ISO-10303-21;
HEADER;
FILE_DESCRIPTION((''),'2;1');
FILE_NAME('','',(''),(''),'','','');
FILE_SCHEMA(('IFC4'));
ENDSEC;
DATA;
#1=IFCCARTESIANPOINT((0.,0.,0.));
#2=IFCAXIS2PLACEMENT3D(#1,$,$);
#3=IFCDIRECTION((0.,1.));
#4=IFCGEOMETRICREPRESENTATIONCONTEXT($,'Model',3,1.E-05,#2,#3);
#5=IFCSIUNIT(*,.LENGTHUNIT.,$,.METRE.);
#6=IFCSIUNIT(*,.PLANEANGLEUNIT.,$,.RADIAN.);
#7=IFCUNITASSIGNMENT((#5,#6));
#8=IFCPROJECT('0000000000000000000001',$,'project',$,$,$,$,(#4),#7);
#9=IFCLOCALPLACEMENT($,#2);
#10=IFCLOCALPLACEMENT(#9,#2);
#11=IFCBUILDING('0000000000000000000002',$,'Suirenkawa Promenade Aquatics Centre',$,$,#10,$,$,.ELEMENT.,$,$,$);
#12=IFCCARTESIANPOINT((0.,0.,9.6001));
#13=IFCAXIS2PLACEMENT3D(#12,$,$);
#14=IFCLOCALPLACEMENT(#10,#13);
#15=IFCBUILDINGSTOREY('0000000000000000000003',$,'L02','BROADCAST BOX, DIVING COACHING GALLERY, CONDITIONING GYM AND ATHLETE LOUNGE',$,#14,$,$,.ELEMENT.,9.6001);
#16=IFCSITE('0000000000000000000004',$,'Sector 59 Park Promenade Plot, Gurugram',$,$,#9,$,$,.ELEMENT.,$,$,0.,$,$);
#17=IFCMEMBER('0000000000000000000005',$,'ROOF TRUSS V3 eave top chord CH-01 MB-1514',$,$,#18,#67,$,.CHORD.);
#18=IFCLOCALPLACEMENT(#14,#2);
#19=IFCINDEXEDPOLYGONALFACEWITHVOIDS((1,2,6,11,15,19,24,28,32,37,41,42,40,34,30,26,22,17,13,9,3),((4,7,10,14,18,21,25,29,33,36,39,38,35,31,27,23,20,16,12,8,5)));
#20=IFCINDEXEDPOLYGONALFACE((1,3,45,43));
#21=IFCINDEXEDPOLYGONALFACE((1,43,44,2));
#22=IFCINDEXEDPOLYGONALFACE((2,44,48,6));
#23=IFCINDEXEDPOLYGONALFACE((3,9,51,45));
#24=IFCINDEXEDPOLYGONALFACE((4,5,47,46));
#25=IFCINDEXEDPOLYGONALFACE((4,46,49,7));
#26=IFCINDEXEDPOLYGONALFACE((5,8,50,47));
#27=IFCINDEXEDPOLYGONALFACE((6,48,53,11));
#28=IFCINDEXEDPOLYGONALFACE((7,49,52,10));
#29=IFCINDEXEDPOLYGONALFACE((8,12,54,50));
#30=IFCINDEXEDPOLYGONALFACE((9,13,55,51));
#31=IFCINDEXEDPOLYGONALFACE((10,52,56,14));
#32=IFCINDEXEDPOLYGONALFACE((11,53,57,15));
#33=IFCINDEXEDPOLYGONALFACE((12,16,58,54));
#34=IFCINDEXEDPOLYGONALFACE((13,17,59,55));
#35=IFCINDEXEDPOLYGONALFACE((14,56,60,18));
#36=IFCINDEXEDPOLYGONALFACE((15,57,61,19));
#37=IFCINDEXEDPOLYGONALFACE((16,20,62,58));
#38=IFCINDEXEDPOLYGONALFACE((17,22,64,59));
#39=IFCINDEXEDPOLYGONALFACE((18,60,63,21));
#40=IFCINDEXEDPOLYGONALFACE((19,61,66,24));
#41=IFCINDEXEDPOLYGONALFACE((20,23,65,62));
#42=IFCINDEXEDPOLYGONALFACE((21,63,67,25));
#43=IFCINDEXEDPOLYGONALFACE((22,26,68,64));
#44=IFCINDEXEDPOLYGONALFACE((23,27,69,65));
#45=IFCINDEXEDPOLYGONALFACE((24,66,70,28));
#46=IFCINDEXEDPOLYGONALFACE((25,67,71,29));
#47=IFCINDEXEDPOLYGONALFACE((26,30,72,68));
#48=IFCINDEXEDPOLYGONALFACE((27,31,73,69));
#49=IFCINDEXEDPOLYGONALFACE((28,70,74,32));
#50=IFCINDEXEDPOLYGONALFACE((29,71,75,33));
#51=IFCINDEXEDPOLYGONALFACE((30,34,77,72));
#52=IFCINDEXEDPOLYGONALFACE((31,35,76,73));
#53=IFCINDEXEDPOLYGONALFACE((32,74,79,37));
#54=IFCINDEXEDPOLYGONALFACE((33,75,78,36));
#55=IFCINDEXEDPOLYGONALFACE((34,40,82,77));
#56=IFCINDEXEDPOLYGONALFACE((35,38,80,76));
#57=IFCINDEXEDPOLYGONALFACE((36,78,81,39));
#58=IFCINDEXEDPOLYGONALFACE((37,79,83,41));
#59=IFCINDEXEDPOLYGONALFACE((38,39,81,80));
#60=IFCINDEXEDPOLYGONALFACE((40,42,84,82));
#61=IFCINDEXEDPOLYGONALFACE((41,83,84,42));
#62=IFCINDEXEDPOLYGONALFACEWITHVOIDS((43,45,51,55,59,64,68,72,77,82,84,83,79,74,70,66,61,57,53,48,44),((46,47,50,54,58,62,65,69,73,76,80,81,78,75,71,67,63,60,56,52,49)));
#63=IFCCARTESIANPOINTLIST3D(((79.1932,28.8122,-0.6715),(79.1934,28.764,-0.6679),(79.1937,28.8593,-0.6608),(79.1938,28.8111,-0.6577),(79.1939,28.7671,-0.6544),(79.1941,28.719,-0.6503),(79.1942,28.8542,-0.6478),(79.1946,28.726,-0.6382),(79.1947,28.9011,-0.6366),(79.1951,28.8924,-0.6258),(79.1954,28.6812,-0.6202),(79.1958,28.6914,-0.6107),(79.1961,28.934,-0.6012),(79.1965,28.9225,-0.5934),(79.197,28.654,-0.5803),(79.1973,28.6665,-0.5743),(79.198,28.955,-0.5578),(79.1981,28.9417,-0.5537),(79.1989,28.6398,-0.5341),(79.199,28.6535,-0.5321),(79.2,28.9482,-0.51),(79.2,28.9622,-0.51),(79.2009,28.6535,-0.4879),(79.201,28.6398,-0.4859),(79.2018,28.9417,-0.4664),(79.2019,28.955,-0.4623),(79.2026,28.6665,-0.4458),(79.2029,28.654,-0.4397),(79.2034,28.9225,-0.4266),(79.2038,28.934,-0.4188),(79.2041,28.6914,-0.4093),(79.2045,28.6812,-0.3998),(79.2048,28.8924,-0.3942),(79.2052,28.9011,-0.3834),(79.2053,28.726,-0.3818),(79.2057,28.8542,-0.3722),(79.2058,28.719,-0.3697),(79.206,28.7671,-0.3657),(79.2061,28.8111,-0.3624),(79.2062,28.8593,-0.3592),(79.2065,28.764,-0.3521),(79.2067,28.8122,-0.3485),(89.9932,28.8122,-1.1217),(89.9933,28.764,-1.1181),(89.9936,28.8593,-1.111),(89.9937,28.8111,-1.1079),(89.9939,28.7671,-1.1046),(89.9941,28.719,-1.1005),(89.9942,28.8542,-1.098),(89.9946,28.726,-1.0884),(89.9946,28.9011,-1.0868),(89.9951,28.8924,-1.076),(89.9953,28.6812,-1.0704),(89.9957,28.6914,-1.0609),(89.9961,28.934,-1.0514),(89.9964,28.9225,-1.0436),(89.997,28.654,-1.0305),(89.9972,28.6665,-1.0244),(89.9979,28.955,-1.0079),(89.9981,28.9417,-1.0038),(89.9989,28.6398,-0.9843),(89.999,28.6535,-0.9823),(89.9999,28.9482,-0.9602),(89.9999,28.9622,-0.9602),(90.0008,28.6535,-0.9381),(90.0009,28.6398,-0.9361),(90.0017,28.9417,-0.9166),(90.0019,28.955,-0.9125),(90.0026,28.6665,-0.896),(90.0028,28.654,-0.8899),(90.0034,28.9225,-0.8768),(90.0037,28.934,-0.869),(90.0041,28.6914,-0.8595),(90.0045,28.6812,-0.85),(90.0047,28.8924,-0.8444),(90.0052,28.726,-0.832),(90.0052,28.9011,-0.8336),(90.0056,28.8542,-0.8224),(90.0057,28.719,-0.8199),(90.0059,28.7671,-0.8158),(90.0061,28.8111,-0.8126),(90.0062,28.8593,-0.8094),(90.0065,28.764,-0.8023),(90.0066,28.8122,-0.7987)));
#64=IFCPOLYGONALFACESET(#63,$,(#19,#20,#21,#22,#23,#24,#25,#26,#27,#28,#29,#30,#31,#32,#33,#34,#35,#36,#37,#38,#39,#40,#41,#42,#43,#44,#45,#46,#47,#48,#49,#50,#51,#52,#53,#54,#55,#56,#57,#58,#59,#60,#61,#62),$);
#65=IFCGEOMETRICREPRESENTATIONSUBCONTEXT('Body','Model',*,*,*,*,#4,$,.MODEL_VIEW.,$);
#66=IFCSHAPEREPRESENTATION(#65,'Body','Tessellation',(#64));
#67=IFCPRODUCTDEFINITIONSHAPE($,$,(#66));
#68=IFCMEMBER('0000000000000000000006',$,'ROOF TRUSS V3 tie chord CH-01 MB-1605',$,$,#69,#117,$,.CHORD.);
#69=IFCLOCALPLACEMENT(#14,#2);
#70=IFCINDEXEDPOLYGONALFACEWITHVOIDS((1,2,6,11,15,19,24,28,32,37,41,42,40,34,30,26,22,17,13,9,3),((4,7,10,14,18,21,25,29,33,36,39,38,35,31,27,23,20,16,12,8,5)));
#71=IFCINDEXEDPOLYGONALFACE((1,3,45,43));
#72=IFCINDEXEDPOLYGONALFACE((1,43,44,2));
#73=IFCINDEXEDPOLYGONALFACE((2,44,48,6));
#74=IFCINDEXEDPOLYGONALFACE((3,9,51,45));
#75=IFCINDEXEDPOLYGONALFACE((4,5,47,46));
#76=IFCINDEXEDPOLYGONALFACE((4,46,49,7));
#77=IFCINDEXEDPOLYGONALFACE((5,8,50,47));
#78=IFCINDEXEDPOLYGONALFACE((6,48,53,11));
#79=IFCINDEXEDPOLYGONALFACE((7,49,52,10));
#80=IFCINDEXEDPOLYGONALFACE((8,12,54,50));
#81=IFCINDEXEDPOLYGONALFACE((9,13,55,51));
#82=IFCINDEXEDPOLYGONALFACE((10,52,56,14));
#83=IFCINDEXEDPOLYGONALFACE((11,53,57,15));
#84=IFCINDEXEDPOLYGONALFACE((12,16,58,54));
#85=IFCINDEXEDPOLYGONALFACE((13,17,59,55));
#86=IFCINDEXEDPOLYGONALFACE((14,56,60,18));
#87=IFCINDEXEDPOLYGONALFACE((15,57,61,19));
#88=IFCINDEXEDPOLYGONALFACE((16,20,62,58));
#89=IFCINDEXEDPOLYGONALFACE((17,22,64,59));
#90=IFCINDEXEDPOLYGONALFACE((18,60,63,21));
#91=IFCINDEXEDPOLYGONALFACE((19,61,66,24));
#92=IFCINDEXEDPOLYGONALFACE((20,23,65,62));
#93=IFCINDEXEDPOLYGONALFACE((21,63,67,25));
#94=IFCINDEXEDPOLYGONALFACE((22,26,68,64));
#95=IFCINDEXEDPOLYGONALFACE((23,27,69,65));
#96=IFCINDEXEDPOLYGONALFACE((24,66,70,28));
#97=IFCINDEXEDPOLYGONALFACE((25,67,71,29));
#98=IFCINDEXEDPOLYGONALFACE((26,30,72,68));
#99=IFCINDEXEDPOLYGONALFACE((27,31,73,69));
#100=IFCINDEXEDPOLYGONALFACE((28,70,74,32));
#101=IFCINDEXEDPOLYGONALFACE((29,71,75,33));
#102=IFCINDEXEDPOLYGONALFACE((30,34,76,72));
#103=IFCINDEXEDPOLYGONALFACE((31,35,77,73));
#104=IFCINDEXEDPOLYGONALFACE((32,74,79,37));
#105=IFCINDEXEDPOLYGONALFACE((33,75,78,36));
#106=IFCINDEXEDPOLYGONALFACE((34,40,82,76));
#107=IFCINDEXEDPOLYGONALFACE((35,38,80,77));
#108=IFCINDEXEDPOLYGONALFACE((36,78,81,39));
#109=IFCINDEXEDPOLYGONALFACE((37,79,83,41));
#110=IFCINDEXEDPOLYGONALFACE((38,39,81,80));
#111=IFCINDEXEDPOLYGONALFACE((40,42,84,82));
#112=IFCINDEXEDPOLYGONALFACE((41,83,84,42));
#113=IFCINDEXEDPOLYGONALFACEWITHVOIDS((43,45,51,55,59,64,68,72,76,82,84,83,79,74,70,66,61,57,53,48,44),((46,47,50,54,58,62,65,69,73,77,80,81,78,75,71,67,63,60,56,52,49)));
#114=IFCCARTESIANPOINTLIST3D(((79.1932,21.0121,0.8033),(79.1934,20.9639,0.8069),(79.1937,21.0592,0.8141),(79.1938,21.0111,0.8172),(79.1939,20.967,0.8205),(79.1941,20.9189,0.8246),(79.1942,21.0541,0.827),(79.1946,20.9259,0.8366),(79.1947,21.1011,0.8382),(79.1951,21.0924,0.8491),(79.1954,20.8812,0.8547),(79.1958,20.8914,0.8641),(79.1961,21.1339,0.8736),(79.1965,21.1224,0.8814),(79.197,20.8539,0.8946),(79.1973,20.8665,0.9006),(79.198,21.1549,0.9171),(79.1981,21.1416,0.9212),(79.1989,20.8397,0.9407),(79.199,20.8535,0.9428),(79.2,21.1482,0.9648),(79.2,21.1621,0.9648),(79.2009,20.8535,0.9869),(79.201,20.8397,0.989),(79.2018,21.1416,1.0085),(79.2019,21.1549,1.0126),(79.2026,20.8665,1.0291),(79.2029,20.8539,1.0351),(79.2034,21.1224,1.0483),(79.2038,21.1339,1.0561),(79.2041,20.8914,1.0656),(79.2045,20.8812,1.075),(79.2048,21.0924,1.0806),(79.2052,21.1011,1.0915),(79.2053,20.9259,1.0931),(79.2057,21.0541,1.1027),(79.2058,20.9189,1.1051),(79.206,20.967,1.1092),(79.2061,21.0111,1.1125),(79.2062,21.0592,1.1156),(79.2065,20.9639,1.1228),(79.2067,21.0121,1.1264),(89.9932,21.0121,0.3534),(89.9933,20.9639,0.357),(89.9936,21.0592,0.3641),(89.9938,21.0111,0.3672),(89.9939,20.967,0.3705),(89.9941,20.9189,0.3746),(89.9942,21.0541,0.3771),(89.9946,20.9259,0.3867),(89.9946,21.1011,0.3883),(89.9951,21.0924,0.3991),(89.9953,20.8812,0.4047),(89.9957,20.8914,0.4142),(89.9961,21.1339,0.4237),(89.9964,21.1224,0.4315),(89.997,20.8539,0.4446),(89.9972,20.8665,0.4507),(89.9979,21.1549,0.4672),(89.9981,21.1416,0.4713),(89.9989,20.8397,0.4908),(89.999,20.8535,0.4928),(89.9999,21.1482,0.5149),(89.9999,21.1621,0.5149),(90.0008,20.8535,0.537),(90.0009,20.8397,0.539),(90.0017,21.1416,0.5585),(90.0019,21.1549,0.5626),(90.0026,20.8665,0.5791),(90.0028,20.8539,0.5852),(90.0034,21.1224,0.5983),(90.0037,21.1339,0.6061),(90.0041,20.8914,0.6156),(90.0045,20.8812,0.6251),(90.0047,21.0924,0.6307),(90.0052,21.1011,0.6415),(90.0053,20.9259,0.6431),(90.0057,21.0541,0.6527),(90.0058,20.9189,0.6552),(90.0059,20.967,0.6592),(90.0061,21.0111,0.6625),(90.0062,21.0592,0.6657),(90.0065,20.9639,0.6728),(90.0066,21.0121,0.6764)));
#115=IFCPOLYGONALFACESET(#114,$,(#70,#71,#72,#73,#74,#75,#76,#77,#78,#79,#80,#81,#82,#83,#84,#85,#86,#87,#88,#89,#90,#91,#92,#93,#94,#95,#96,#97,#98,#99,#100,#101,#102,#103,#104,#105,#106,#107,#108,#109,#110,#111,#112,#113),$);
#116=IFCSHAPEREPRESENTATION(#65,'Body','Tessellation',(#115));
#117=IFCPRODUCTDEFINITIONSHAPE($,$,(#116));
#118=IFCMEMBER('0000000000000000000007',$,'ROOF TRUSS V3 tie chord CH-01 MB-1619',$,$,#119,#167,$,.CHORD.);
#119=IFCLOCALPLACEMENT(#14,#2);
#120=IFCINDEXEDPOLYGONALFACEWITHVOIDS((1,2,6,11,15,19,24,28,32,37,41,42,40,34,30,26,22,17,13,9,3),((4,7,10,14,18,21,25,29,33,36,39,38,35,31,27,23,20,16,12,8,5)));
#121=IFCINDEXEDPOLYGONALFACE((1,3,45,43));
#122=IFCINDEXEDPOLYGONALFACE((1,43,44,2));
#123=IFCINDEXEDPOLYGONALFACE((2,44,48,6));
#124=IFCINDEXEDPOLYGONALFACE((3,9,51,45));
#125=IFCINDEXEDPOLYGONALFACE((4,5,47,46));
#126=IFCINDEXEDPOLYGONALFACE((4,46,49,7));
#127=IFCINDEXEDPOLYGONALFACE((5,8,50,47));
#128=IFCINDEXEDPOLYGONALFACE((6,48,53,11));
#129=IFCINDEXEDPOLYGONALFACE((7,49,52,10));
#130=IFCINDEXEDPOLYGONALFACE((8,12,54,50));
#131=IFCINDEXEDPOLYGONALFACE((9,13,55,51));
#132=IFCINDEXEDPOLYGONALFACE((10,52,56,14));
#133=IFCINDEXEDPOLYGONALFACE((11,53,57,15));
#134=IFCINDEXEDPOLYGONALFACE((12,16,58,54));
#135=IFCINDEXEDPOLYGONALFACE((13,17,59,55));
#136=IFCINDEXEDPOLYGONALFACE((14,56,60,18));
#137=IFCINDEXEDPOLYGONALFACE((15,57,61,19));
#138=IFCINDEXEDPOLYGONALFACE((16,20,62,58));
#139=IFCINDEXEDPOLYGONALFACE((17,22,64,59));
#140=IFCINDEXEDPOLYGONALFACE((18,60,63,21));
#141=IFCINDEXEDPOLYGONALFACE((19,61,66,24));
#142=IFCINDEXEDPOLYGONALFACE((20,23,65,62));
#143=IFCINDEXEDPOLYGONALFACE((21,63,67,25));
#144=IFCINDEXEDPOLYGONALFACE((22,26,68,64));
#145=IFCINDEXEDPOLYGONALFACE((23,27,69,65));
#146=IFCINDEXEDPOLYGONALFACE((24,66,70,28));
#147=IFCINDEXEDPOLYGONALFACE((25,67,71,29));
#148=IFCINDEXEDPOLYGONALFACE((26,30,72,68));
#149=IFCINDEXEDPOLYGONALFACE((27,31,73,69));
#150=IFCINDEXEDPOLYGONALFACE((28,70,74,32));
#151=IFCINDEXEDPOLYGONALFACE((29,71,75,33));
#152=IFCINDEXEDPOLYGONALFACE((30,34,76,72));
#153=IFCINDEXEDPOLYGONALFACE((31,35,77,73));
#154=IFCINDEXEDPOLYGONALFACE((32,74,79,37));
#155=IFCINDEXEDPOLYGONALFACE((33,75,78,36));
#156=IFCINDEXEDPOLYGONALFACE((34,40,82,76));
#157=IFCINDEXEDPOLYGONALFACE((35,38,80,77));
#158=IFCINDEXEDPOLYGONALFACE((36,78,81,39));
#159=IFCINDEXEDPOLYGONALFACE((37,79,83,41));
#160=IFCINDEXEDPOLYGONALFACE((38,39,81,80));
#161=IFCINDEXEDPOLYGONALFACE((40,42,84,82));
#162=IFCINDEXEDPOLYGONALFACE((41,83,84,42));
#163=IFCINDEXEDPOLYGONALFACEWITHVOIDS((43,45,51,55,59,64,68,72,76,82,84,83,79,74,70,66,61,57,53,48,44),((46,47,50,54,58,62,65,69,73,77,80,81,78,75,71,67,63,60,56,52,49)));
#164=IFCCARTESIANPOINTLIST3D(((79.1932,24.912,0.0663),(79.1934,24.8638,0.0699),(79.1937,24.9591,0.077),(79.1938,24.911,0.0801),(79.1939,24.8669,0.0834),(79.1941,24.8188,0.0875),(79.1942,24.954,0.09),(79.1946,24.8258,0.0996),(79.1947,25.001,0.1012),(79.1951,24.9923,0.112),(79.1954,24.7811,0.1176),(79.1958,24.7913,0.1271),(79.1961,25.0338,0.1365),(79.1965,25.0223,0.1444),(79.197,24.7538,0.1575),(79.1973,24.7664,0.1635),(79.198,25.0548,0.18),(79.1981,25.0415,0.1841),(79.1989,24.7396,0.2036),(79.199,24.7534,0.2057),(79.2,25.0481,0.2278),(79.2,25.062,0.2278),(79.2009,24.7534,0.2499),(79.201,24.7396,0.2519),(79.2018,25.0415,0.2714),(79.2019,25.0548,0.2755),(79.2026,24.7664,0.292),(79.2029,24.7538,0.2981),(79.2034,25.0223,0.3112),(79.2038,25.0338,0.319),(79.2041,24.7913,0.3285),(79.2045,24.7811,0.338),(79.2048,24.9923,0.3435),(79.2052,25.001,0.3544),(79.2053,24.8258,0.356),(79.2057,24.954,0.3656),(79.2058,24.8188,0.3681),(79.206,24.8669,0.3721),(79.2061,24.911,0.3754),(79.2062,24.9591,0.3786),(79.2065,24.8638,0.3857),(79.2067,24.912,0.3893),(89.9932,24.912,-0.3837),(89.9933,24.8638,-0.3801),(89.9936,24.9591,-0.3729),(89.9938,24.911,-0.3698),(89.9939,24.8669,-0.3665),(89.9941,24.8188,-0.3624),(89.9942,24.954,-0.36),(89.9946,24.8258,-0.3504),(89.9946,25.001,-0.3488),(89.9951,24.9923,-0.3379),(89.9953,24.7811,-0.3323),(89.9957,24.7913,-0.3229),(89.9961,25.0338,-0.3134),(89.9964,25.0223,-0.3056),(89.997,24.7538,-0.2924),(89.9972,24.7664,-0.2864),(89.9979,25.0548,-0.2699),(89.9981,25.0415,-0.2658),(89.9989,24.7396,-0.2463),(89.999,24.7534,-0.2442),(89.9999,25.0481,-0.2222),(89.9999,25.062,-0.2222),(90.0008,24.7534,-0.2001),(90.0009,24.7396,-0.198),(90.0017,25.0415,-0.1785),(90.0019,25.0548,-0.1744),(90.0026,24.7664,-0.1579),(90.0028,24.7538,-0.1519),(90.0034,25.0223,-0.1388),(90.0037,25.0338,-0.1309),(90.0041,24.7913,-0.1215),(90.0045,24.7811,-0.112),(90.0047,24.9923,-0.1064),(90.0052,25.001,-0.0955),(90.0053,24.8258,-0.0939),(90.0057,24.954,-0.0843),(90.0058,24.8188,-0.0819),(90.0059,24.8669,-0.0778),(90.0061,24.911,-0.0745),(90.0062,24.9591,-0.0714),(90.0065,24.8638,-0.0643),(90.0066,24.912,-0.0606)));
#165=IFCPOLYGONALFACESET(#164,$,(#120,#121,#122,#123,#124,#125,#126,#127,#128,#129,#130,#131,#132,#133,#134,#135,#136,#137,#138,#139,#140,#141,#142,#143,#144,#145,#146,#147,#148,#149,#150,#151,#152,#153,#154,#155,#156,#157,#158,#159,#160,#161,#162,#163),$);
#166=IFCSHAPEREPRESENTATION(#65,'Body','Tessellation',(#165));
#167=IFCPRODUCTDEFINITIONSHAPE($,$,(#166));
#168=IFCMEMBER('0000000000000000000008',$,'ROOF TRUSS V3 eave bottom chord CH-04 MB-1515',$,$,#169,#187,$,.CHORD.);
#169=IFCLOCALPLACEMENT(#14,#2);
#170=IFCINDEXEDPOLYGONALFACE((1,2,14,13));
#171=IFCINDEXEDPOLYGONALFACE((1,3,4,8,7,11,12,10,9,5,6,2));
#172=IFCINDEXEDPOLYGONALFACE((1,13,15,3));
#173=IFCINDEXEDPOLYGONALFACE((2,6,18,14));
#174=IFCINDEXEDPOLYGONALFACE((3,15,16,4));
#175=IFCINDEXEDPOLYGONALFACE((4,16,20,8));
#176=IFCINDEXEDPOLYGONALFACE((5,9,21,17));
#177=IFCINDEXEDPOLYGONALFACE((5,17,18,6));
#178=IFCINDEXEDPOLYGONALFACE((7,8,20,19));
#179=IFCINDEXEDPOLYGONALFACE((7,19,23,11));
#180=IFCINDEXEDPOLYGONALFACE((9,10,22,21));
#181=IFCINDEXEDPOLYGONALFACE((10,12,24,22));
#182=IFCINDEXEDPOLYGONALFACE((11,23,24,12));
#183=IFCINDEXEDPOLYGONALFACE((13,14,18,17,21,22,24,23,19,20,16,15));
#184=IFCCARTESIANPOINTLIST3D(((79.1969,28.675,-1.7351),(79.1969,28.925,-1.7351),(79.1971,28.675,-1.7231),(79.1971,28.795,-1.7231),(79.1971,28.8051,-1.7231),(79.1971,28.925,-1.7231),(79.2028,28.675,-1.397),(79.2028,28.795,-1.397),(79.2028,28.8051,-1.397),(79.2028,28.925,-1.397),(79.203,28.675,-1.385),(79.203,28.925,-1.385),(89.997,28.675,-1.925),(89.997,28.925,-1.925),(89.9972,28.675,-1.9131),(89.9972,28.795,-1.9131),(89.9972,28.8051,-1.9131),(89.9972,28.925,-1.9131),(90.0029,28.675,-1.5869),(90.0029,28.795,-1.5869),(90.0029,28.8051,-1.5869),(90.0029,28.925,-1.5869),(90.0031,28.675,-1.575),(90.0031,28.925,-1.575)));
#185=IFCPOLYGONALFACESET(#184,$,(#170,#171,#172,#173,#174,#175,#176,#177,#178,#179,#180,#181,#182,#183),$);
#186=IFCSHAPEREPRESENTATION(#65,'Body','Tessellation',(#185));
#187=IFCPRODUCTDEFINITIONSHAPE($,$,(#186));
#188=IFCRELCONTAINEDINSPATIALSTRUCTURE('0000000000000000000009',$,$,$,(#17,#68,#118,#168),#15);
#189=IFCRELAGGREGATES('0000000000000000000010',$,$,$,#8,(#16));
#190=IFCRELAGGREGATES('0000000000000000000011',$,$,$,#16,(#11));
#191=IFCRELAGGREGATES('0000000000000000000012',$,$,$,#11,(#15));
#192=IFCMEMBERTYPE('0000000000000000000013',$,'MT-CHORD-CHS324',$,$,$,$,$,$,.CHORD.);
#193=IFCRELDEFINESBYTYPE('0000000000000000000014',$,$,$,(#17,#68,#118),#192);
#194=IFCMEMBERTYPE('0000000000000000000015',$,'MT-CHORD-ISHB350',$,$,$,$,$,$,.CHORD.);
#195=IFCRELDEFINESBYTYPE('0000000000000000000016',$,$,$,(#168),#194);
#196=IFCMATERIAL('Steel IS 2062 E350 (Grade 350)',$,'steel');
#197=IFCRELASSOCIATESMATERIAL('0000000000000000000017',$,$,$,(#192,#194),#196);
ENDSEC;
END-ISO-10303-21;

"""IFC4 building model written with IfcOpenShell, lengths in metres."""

from ifc_helpers import new_model, si_unit, direction, frame, origin, origin_2d, place, context, subcontext, project, spatial, hollow_circle, i_section, extrude, material, material_profile, profile_set, type_object, element, save


model = new_model("IFC4")

# Units and contexts
model_context = context("Model", 3, precision=1e-05, world=origin(), true_north=direction((0.0, 1.0)))
body_context = subcontext(model_context, "Body", "Model", "MODEL_VIEW")
ifc_project = project(units=[si_unit("LENGTHUNIT", "METRE"), si_unit("PLANEANGLEUNIT", "RADIAN")], contexts=[model_context])

# Site, building, storey
site_placement = place(None, origin())
site = spatial("IfcSite", under=ifc_project, at=site_placement, Name="Sector 59 Park Promenade Plot, Gurugram", CompositionType="ELEMENT", RefElevation=0.0)
building_placement = place(site_placement, origin())
building = spatial("IfcBuilding", under=site, at=building_placement, Name="Suirenkawa Promenade Aquatics Centre", CompositionType="ELEMENT")
storey_placement = place(building_placement, frame((0.0, 0.0, 9.6001)))
storey = spatial("IfcBuildingStorey", under=building, at=storey_placement, Name="L02", Description="BROADCAST BOX, DIVING COACHING GALLERY, CONDITIONING GYM AND ATHLETE LOUNGE", CompositionType="ELEMENT", Elevation=9.6001)

# Shared definitions
ifc_material = material(Name="Steel IS 2062 E350 (Grade 350)", Category="steel")

# Members
ifc_material_profile_1 = material_profile(ifc_material, hollow_circle(Radius=0.1621, WallThickness=0.0139, at=origin_2d()), Name="CHS 324x14", Category="steel")
ifc_profile_set_1 = profile_set([ifc_material_profile_1], Name="Steel IS 2062 E350 (Grade 350)")
member_type_1 = type_object("IfcMemberType", Name="MT-CHORD-CHS324", PredefinedType="CHORD", material=ifc_profile_set_1)
for number, where, z_axis, x_axis, name in (
    (1, (79.2, 28.8, -0.51), (0.999132, 0.0, -0.041648), (0.0, 1.0, 0.0), "ROOF TRUSS V3 eave top chord CH-01 MB-1514"),
    (2, (79.2, 21.0, 0.9648), (0.999133, 0.0, -0.041626), (0.0, 1.0, 0.0), "ROOF TRUSS V3 tie chord CH-01 MB-1605"),
    (3, (79.2, 24.8999, 0.2278), (0.999133, 0.0, -0.041626), (0.0, 1.0, 0.0), "ROOF TRUSS V3 tie chord CH-01 MB-1619"),
):
    element("IfcMember", number, at=place(storey_placement, frame(where, z_axis=z_axis, x_axis=x_axis)), inside=storey, type_object=member_type_1, Name=name, PredefinedType="CHORD", context=body_context, shape_type="SweptSolid", body=[
        extrude(hollow_circle(Radius=0.1621, WallThickness=0.0139, at=origin_2d()), origin(), (0.0, 0.0, 1.0), 10.8093),
    ])
ifc_material_profile_2 = material_profile(ifc_material, i_section(OverallWidth=0.25, OverallDepth=0.3501, WebThickness=0.01, FlangeThickness=0.012, at=origin_2d()), Name="ISHB 350", Category="steel")
ifc_profile_set_2 = profile_set([ifc_material_profile_2], Name="Steel IS 2062 E350 (Grade 350)")
member_type_2 = type_object("IfcMemberType", Name="MT-CHORD-ISHB350", PredefinedType="CHORD", material=ifc_profile_set_2)
member_1_placement = place(storey_placement, frame((79.2, 28.8, -1.5601), z_axis=(0.999845, 0.0, -0.017584), x_axis=(0.0, 1.0, 0.0)))
element("IfcMember", 4, at=member_1_placement, inside=storey, type_object=member_type_2, Name="ROOF TRUSS V3 eave bottom chord CH-04 MB-1515", PredefinedType="CHORD", context=body_context, shape_type="SweptSolid", body=[
    extrude(i_section(OverallWidth=0.25, OverallDepth=0.3501, WebThickness=0.01, FlangeThickness=0.012, at=origin_2d()), origin(), (0.0, 0.0, 1.0), 10.8018),
])

save(model, "model.ifc")
